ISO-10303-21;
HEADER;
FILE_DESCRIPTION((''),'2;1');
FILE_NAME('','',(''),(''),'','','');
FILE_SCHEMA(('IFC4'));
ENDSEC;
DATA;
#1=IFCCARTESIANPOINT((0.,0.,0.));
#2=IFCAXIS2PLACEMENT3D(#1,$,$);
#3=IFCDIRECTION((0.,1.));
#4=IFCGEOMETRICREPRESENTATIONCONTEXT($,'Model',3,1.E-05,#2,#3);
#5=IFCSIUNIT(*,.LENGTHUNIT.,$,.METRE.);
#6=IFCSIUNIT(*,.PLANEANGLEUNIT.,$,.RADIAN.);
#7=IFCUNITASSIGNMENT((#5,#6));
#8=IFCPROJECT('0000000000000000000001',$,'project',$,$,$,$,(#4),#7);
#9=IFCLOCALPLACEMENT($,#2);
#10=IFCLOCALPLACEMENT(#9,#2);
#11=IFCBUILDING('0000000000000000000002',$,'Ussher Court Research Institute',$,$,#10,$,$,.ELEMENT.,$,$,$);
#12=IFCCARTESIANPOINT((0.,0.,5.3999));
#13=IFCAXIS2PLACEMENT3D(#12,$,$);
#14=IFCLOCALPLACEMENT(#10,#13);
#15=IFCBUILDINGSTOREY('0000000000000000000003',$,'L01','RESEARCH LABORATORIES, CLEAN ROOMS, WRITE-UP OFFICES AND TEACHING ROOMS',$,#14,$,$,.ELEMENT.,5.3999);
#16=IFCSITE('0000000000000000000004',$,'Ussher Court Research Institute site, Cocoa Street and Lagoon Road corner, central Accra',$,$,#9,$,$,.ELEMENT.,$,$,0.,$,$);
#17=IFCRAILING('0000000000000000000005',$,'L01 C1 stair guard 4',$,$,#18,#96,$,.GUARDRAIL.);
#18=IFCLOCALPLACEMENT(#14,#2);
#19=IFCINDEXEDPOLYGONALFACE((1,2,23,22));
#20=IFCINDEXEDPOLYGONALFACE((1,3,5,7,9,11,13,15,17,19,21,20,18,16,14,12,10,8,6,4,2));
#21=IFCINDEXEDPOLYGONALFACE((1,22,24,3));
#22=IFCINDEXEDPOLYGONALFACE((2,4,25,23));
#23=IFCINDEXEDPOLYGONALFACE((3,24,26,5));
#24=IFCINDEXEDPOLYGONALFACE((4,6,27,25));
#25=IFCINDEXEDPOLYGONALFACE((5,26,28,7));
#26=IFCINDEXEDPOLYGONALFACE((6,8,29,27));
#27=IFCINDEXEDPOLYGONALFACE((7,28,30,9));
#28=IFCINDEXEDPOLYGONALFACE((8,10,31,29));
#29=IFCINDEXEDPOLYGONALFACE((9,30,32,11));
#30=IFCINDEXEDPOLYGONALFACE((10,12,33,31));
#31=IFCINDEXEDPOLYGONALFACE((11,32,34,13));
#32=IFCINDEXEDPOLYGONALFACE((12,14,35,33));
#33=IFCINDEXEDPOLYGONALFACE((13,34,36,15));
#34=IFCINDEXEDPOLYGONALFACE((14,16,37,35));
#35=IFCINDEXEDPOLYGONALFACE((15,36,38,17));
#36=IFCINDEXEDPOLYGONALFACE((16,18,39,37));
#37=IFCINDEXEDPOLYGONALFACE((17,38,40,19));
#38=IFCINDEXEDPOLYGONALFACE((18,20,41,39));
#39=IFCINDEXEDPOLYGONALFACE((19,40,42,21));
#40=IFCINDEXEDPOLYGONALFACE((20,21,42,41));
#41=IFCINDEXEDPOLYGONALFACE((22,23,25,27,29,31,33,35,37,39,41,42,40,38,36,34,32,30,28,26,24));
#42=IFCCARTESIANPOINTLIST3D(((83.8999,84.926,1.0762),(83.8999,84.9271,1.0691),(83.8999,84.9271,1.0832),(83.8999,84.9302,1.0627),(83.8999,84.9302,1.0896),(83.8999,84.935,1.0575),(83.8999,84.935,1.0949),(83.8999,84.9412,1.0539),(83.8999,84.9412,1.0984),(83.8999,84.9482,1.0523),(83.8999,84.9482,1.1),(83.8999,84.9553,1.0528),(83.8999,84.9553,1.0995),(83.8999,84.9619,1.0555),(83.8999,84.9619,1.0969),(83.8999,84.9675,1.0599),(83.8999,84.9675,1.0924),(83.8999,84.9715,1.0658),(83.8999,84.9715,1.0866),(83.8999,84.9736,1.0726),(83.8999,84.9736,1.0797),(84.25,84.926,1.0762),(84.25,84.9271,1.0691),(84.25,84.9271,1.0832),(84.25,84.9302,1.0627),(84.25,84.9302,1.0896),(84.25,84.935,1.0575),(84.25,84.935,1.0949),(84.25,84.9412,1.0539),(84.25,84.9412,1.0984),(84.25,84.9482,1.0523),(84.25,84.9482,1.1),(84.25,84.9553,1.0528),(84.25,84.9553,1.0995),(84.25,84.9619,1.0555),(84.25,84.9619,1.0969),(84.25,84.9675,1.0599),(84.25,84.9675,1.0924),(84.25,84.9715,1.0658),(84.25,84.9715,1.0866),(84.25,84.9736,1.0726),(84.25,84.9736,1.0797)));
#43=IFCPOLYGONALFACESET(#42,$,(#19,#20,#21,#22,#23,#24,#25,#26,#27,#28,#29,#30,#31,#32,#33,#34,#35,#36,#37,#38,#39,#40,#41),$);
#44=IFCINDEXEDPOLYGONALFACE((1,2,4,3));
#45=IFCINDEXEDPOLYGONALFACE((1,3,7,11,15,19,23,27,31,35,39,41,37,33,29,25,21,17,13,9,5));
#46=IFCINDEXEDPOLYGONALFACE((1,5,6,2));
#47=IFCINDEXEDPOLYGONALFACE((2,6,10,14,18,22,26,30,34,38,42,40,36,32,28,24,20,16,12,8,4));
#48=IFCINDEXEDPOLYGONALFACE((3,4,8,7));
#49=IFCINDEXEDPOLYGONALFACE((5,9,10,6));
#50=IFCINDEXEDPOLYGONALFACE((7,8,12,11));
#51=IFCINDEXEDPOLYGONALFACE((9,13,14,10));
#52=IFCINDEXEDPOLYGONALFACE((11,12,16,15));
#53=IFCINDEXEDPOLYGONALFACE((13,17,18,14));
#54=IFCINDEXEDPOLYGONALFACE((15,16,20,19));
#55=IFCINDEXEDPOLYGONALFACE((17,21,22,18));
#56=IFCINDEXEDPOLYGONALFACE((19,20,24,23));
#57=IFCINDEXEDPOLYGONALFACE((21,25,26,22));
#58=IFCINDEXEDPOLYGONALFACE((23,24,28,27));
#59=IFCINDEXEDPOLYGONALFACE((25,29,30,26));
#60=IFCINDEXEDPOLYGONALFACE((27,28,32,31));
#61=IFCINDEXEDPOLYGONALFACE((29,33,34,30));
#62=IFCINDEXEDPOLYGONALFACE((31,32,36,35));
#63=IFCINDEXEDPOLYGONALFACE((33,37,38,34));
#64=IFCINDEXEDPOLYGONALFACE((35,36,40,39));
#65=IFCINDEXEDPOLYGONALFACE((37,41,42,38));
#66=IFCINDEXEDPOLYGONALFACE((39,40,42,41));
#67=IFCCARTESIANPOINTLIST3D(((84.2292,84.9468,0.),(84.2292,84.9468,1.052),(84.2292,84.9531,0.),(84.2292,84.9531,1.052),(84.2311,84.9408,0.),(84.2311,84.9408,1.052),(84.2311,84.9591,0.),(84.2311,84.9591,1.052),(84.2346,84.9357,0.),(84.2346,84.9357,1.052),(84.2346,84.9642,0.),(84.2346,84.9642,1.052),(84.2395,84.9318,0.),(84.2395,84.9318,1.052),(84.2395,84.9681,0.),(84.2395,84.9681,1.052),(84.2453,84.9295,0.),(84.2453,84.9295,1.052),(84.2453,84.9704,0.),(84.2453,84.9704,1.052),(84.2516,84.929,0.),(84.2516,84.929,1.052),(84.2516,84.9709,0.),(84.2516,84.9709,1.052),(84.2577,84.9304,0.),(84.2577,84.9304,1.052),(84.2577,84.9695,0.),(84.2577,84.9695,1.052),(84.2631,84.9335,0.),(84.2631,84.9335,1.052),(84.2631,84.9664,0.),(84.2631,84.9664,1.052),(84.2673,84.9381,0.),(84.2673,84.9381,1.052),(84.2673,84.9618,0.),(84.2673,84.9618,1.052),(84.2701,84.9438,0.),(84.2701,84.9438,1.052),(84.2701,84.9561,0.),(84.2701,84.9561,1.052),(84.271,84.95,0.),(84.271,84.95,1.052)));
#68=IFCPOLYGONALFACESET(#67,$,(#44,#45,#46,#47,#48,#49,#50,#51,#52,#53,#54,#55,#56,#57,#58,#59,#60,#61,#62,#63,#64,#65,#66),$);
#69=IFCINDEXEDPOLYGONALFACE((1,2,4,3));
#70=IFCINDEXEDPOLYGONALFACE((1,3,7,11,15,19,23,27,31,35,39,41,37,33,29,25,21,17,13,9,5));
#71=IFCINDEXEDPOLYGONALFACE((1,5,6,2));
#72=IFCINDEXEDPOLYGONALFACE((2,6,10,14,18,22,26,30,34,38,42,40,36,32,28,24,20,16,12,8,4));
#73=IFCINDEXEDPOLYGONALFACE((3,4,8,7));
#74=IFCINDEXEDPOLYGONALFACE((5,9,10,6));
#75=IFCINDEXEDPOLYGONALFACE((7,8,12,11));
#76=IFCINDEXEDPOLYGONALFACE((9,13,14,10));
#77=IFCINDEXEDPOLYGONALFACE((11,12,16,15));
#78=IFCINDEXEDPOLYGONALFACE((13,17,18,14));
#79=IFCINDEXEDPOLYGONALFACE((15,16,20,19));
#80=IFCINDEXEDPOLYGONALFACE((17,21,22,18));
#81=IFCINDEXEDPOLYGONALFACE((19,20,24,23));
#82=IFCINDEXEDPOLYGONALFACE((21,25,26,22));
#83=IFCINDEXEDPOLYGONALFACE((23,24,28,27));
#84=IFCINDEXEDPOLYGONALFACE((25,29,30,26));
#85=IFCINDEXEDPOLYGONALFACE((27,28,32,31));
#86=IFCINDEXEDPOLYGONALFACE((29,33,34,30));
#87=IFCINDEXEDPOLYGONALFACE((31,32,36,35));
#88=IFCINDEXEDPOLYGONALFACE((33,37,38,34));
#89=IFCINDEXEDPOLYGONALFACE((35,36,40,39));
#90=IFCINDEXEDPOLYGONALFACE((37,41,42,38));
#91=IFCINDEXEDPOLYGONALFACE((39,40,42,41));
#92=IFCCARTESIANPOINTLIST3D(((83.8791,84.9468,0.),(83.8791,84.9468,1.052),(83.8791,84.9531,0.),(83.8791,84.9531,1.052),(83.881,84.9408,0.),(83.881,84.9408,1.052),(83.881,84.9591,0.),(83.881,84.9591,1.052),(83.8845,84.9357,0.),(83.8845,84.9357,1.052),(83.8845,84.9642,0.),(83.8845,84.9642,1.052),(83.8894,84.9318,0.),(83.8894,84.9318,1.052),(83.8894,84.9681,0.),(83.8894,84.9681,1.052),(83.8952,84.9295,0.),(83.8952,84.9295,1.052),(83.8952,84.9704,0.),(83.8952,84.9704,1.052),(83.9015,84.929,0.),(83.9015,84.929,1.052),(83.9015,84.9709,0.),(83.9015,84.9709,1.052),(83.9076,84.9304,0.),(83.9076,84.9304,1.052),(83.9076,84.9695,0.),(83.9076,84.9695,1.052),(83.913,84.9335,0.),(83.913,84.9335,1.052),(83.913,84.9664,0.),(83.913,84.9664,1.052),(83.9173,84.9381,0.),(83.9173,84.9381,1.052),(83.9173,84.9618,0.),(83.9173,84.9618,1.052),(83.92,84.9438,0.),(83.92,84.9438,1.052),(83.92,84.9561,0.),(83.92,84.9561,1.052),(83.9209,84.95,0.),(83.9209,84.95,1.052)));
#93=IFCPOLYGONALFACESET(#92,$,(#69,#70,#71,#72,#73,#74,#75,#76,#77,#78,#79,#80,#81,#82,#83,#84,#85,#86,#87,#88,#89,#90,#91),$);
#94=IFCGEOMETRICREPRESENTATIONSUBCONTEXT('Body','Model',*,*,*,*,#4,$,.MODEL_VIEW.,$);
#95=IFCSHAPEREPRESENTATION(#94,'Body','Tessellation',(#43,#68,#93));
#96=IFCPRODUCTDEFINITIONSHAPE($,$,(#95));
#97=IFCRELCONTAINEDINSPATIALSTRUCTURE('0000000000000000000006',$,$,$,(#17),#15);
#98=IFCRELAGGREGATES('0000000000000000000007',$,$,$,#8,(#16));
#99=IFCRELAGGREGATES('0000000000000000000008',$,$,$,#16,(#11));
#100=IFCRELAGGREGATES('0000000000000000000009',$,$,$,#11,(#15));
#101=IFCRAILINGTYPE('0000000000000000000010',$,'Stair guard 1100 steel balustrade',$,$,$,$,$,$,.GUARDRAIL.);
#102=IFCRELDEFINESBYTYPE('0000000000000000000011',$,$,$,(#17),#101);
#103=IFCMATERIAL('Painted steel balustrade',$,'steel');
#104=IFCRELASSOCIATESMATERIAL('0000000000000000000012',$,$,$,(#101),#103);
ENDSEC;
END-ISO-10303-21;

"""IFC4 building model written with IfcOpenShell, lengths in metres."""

from ifc_helpers import new_model, si_unit, direction, frame, origin, origin_2d, place, context, subcontext, project, spatial, circle, extrude, material, type_object, element, save


model = new_model("IFC4")

# Units and contexts
model_context = context("Model", 3, precision=1e-05, world=origin(), true_north=direction((0.0, 1.0)))
body_context = subcontext(model_context, "Body", "Model", "MODEL_VIEW")
ifc_project = project(units=[si_unit("LENGTHUNIT", "METRE"), si_unit("PLANEANGLEUNIT", "RADIAN")], contexts=[model_context])

# Site, building, storey
site_placement = place(None, origin())
site = spatial("IfcSite", under=ifc_project, at=site_placement, Name="Ussher Court Research Institute site, Cocoa Street and Lagoon Road corner, central Accra", CompositionType="ELEMENT", RefElevation=0.0)
building_placement = place(site_placement, origin())
building = spatial("IfcBuilding", under=site, at=building_placement, Name="Ussher Court Research Institute", CompositionType="ELEMENT")
storey_placement = place(building_placement, frame((0.0, 0.0, 5.3999)))
storey = spatial("IfcBuildingStorey", under=building, at=storey_placement, Name="L01", Description="RESEARCH LABORATORIES, CLEAN ROOMS, WRITE-UP OFFICES AND TEACHING ROOMS", CompositionType="ELEMENT", Elevation=5.3999)

# Railing
ifc_material_1 = material(Name="Painted steel balustrade", Category="steel")
railing_type_1 = type_object("IfcRailingType", Name="Stair guard 1100 steel balustrade", PredefinedType="GUARDRAIL", material=ifc_material_1)
railing_1_placement = place(storey_placement, frame((84.25, 84.95, 0.0)))
element("IfcRailing", 1, at=railing_1_placement, inside=storey, type_object=railing_type_1, Name="L01 C1 stair guard 4", PredefinedType="GUARDRAIL", context=body_context, shape_type="SweptSolid", body=[
    extrude(circle(Radius=0.0239, at=origin_2d()), frame((0.0, 0.0, 1.0762), z_axis=(-1.0, 0.0, 0.0), x_axis=(0.0, -1.0, 0.0)), (0.0, 0.0, 1.0), 0.3501),
    extrude(circle(Radius=0.021, at=origin_2d()), origin(), (0.0, 0.0, 1.0), 1.052),
    extrude(circle(Radius=0.021, at=origin_2d()), frame((-0.3501, 0.0, 0.0)), (0.0, 0.0, 1.0), 1.052),
])

save(model, "model.ifc")
